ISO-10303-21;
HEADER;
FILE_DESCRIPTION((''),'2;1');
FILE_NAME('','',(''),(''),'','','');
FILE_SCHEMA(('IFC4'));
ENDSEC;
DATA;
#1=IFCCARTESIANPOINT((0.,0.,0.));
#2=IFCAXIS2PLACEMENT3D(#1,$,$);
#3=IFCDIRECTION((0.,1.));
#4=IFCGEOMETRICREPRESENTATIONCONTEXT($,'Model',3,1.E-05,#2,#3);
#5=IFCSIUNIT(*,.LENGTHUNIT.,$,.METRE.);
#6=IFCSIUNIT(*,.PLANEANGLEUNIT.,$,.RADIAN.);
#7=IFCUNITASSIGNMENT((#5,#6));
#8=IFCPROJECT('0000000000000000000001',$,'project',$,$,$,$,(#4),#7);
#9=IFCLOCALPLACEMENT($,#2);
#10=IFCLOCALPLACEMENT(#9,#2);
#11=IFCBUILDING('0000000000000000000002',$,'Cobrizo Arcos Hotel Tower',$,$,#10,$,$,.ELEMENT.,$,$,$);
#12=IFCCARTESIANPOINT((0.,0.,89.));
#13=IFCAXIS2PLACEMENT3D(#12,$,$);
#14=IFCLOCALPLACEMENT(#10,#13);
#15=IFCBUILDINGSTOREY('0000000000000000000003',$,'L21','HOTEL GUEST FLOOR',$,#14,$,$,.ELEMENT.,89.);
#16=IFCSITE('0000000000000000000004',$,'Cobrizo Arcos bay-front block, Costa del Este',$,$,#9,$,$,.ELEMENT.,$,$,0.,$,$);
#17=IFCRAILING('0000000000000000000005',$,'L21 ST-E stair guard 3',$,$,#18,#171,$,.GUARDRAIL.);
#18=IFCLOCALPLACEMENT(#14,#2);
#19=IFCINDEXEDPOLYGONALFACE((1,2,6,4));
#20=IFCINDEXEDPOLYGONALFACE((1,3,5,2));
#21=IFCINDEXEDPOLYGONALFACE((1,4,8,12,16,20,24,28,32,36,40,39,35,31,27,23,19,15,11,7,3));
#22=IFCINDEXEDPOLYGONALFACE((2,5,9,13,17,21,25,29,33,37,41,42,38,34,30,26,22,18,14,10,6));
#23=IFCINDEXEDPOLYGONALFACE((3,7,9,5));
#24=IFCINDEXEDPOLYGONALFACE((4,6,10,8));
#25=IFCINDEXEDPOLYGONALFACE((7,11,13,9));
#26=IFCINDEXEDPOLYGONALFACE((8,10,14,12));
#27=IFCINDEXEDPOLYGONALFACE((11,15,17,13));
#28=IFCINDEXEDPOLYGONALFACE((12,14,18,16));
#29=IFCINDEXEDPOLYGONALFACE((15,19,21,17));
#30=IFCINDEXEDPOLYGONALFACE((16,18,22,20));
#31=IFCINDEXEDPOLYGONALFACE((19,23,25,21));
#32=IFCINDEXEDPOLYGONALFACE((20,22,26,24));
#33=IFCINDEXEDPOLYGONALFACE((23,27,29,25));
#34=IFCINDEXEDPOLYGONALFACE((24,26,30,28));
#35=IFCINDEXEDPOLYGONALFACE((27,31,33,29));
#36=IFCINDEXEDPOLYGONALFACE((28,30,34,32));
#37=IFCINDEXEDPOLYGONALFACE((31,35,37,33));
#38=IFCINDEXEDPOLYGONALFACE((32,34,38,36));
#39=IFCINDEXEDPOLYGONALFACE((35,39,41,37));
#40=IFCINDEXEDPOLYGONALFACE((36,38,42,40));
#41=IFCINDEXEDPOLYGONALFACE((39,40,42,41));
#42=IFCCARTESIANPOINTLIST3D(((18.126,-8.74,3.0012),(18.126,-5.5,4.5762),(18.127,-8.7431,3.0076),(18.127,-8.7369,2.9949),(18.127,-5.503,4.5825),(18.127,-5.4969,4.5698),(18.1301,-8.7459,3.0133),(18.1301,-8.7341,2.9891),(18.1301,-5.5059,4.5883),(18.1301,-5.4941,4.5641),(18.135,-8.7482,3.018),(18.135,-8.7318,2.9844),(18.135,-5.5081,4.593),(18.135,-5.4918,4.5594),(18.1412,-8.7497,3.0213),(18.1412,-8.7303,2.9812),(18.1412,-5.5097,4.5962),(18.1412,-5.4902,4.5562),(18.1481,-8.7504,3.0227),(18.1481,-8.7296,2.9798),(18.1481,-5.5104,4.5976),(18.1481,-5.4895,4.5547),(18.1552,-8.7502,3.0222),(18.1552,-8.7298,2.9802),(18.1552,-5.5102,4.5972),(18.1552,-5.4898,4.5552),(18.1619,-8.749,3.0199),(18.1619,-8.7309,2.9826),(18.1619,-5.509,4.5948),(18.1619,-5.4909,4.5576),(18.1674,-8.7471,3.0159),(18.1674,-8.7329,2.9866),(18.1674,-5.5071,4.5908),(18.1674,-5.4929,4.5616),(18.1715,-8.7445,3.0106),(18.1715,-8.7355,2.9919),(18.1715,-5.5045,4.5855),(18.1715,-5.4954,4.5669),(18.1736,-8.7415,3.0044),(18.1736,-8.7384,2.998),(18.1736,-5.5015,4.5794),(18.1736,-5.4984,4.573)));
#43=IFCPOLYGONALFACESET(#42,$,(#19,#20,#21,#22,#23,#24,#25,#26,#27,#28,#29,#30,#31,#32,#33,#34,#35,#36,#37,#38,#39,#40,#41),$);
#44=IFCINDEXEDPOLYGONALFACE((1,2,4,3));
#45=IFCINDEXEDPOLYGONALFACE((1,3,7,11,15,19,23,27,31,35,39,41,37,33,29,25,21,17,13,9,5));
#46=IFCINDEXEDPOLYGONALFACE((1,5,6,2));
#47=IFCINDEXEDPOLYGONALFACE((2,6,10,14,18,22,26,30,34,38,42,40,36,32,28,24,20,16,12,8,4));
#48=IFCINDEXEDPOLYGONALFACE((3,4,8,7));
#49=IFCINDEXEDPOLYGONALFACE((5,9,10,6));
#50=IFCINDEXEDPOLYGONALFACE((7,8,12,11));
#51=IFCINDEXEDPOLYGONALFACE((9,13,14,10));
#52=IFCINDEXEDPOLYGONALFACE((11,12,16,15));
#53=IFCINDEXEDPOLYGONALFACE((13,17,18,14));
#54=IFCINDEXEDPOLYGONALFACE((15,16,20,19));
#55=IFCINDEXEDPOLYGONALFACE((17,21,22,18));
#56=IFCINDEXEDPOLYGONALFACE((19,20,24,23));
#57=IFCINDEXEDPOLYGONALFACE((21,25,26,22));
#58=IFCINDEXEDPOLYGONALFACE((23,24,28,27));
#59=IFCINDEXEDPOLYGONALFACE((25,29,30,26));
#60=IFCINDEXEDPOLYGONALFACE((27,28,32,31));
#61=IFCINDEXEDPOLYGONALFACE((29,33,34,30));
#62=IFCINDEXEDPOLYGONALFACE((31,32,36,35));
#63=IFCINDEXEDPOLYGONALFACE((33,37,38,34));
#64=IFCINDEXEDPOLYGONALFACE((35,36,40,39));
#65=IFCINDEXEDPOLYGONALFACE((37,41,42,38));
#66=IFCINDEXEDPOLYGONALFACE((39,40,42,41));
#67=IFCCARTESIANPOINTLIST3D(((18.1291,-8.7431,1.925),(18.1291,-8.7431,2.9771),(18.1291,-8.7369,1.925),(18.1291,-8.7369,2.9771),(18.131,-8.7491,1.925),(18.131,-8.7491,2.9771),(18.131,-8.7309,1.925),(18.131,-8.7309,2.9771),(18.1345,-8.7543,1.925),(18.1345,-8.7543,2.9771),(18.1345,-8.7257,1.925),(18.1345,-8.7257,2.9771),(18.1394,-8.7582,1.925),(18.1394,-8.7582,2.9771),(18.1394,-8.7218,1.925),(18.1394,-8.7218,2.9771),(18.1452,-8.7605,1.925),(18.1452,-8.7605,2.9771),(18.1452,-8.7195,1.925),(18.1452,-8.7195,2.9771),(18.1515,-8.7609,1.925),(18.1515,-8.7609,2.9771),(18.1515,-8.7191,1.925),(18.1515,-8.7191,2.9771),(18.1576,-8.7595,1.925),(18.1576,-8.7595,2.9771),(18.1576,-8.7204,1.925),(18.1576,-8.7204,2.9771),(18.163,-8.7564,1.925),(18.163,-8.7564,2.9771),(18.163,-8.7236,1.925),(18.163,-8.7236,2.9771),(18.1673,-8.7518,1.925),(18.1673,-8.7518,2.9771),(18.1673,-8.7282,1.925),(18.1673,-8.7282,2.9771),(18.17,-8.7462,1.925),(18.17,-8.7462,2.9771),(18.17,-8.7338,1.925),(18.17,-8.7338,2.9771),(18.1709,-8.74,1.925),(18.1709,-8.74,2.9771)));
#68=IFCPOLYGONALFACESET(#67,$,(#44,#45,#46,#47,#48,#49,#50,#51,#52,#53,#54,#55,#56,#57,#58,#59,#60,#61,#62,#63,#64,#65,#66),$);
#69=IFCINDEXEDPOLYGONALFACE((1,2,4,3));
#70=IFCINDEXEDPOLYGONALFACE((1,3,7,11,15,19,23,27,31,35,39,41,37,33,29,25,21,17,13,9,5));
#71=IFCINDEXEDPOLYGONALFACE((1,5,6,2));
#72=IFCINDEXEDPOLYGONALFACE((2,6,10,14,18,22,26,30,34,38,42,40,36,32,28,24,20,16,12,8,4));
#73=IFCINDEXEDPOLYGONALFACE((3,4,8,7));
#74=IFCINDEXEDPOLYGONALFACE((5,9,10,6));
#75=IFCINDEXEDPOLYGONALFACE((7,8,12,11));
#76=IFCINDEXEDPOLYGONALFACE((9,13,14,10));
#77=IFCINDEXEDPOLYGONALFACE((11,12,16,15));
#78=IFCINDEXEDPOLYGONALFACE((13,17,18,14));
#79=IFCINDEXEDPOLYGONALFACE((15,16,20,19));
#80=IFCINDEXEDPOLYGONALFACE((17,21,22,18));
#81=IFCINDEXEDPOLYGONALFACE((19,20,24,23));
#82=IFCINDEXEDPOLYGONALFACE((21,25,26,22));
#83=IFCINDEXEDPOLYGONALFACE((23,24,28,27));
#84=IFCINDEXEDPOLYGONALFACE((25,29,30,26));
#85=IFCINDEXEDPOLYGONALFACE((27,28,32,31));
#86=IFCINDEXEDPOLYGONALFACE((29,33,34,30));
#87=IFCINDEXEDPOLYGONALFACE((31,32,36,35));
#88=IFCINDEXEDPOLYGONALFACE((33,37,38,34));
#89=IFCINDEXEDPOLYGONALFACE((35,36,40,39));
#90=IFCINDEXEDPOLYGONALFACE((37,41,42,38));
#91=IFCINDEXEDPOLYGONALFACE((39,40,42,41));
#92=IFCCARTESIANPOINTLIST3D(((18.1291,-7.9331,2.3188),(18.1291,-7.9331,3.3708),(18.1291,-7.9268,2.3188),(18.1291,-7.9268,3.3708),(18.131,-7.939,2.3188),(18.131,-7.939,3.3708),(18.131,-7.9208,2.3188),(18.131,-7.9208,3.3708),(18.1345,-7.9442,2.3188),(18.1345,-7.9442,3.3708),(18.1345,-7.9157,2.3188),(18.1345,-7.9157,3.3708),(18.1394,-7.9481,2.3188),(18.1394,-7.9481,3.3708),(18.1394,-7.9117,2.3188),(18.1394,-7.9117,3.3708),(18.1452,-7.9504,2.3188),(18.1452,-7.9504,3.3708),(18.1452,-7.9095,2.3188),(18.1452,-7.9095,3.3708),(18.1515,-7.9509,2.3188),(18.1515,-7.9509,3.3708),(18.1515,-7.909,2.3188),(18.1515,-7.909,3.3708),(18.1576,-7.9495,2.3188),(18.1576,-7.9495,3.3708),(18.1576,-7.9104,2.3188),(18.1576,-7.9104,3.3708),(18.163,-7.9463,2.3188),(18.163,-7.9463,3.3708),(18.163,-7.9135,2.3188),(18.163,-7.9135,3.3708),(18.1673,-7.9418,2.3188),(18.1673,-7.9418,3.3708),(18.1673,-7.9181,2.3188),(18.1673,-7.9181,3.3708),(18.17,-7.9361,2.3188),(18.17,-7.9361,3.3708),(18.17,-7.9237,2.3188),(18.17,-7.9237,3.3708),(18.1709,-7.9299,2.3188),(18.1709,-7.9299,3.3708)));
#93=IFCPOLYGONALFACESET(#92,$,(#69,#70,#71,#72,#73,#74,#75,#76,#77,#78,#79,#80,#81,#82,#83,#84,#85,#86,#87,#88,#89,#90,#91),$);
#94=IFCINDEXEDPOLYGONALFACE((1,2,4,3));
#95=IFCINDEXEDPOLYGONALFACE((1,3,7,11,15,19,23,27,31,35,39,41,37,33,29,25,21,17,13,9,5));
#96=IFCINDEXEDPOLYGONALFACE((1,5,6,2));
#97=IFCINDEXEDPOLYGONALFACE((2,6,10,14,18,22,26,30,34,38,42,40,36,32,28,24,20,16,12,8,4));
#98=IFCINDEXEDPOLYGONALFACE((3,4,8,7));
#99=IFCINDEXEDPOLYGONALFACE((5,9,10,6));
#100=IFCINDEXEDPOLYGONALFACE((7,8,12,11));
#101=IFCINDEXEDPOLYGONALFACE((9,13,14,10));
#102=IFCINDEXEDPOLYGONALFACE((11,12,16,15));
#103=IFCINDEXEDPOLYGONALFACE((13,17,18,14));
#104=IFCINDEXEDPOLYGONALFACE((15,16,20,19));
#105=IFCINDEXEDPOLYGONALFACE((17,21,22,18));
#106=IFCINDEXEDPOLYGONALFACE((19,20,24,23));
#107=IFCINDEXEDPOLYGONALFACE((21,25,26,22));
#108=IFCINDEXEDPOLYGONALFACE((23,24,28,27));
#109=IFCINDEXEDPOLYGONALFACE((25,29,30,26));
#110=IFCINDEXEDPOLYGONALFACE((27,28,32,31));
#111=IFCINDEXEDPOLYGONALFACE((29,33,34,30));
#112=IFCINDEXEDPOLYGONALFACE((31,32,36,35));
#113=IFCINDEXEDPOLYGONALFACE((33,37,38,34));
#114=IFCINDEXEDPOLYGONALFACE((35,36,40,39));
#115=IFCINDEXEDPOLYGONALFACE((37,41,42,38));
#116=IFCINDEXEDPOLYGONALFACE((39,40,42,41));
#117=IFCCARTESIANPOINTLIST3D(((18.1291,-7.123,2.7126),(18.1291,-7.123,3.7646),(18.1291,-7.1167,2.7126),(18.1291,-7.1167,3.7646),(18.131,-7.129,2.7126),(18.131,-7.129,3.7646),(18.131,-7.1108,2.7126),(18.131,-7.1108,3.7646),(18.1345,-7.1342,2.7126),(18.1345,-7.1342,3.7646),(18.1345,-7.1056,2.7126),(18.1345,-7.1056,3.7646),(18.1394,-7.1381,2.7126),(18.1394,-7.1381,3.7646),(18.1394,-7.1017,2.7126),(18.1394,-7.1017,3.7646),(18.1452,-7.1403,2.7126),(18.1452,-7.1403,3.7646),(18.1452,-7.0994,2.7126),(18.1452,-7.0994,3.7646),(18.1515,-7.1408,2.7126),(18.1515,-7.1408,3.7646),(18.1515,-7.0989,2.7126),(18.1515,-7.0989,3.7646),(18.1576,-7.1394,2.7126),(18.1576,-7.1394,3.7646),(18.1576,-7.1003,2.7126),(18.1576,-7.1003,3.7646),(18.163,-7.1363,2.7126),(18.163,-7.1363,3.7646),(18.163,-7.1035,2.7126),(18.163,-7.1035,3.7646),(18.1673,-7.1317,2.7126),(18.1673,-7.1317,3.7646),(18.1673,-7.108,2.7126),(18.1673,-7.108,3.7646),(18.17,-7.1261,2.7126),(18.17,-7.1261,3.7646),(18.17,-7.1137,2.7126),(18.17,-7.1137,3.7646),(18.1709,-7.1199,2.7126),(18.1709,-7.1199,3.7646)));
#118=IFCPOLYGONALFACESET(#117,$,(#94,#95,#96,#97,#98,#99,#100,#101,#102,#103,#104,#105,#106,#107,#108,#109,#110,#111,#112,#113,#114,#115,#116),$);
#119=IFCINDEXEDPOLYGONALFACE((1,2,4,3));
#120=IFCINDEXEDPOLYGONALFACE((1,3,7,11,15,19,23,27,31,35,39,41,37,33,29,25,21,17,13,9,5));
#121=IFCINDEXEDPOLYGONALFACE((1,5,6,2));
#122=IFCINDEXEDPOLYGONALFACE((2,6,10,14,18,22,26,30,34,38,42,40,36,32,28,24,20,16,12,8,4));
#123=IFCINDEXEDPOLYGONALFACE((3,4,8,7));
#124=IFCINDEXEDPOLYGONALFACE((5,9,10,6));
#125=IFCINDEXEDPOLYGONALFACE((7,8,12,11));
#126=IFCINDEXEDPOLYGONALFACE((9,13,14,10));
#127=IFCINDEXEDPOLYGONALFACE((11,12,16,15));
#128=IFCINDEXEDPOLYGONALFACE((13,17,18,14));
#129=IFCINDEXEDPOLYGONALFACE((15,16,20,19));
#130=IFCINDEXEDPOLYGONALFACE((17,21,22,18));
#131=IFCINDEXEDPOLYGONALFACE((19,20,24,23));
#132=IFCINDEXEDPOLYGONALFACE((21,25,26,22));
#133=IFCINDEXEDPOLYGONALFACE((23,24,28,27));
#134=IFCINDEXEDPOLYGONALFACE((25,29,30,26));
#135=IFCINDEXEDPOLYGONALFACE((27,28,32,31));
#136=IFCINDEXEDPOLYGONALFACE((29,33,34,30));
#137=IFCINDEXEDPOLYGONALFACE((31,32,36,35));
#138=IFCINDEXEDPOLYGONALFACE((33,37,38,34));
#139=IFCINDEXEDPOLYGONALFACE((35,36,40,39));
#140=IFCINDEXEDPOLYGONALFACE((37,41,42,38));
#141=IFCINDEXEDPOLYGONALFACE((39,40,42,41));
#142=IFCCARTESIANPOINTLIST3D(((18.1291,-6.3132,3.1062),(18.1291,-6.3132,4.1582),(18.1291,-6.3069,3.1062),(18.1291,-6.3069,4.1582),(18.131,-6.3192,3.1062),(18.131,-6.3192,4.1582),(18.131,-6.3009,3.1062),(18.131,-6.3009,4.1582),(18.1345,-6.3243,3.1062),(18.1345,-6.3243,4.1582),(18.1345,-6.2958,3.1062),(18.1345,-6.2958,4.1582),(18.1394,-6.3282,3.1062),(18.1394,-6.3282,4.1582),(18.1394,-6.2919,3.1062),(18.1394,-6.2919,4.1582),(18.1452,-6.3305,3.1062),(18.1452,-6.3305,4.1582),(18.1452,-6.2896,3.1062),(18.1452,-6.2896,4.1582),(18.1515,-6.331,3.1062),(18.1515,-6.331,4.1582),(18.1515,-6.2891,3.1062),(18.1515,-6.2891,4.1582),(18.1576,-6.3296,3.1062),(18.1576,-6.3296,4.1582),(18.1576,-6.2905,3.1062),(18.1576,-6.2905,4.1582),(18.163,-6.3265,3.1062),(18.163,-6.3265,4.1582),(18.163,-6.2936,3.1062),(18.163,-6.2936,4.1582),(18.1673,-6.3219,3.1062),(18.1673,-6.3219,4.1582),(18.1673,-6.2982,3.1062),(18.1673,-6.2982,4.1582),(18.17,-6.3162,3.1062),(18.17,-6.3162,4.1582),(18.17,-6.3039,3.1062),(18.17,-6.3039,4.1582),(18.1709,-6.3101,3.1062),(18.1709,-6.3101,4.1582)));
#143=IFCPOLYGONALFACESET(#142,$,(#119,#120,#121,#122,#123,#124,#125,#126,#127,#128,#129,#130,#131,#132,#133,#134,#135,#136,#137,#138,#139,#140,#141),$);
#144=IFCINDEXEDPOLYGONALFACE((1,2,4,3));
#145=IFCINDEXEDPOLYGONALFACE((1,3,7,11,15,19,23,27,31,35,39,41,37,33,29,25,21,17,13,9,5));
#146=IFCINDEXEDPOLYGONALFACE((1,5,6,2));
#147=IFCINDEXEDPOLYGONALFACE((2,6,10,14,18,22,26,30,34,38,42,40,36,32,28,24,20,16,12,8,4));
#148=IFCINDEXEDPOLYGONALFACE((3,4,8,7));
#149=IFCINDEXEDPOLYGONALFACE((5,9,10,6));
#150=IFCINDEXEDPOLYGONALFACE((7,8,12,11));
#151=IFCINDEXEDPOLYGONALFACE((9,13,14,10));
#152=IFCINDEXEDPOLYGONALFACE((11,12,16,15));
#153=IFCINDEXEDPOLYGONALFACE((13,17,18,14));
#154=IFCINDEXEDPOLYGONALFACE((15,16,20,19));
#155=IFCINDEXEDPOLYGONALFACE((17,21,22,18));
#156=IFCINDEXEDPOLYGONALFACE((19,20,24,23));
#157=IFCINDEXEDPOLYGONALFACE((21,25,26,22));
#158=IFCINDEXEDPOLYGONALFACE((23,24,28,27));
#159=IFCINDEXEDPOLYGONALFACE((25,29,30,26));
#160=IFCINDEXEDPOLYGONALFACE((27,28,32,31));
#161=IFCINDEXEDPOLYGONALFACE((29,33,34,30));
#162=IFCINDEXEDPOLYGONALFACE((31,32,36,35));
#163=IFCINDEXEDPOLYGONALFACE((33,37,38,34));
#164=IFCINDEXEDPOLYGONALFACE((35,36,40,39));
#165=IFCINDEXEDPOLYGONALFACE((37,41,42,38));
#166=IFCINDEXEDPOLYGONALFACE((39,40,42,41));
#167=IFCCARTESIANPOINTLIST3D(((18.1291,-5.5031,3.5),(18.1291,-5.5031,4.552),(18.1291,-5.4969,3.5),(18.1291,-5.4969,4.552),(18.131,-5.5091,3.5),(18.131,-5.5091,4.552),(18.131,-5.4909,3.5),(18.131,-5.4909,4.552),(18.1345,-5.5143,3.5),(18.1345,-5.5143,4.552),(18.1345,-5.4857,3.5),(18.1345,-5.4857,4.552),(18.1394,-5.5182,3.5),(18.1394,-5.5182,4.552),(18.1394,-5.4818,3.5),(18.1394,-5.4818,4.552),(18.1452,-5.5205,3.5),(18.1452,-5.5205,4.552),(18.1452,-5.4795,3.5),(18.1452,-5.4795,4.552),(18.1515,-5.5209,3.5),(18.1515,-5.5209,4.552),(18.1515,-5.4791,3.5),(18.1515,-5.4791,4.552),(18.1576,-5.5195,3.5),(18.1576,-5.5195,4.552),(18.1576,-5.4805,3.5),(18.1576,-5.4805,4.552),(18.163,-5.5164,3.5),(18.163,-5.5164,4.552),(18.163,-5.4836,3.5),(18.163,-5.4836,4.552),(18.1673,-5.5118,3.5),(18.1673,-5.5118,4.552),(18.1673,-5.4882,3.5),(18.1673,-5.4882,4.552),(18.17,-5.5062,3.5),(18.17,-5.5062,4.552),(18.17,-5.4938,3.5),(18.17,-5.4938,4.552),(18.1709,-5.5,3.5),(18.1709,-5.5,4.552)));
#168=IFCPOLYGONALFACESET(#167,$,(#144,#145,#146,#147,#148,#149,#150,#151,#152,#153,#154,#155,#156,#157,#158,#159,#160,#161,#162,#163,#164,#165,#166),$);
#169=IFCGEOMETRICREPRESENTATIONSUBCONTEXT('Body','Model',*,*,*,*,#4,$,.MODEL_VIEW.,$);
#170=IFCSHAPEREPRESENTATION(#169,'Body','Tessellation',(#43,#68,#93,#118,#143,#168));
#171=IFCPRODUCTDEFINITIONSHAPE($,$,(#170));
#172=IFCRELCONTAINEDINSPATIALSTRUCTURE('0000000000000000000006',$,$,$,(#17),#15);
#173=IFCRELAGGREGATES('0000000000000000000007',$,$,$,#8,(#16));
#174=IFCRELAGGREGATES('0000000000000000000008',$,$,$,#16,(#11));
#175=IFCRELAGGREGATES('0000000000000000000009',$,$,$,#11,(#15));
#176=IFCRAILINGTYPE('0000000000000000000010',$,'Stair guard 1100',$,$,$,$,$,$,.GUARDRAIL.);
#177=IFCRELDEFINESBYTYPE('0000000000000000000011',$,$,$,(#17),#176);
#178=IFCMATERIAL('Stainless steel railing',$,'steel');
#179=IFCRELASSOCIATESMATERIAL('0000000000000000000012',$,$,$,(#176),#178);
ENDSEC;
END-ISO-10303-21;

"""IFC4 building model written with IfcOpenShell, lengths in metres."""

from ifc_helpers import new_model, si_unit, direction, frame, origin, origin_2d, place, context, subcontext, project, spatial, circle, extrude, material, type_object, element, save


model = new_model("IFC4")

# Units and contexts
model_context = context("Model", 3, precision=1e-05, world=origin(), true_north=direction((0.0, 1.0)))
body_context = subcontext(model_context, "Body", "Model", "MODEL_VIEW")
ifc_project = project(units=[si_unit("LENGTHUNIT", "METRE"), si_unit("PLANEANGLEUNIT", "RADIAN")], contexts=[model_context])

# Site, building, storey
site_placement = place(None, origin())
site = spatial("IfcSite", under=ifc_project, at=site_placement, Name="Cobrizo Arcos bay-front block, Costa del Este", CompositionType="ELEMENT", RefElevation=0.0)
building_placement = place(site_placement, origin())
building = spatial("IfcBuilding", under=site, at=building_placement, Name="Cobrizo Arcos Hotel Tower", CompositionType="ELEMENT")
storey_placement = place(building_placement, frame((0.0, 0.0, 89.0)))
storey = spatial("IfcBuildingStorey", under=building, at=storey_placement, Name="L21", Description="HOTEL GUEST FLOOR", CompositionType="ELEMENT", Elevation=89.0)

# Railing
ifc_material_1 = material(Name="Stainless steel railing", Category="steel")
railing_type_1 = type_object("IfcRailingType", Name="Stair guard 1100", PredefinedType="GUARDRAIL", material=ifc_material_1)
railing_1_placement = place(storey_placement, frame((18.1499, -8.74, 1.925)))
element("IfcRailing", 1, at=railing_1_placement, inside=storey, type_object=railing_type_1, Name="L21 ST-E stair guard 3", PredefinedType="GUARDRAIL", context=body_context, shape_type="SweptSolid", body=[
    extrude(circle(Radius=0.0239, at=origin_2d()), frame((0.0, 0.0, 1.0762), z_axis=(0.0, 0.899373, 0.437183), x_axis=(-1.0, 0.0, 0.0)), (0.0, 0.0, 1.0), 3.6025),
    extrude(circle(Radius=0.021, at=origin_2d()), origin(), (0.0, 0.0, 1.0), 1.052),
    extrude(circle(Radius=0.021, at=origin_2d()), frame((0.0, 0.8101, 0.3938)), (0.0, 0.0, 1.0), 1.052),
    extrude(circle(Radius=0.021, at=origin_2d()), frame((0.0, 1.6201, 0.7876)), (0.0, 0.0, 1.0), 1.052),
    extrude(circle(Radius=0.021, at=origin_2d()), frame((0.0, 2.4299, 1.1812)), (0.0, 0.0, 1.0), 1.052),
    extrude(circle(Radius=0.021, at=origin_2d()), frame((0.0, 3.24, 1.575)), (0.0, 0.0, 1.0), 1.052),
])

save(model, "model.ifc")
